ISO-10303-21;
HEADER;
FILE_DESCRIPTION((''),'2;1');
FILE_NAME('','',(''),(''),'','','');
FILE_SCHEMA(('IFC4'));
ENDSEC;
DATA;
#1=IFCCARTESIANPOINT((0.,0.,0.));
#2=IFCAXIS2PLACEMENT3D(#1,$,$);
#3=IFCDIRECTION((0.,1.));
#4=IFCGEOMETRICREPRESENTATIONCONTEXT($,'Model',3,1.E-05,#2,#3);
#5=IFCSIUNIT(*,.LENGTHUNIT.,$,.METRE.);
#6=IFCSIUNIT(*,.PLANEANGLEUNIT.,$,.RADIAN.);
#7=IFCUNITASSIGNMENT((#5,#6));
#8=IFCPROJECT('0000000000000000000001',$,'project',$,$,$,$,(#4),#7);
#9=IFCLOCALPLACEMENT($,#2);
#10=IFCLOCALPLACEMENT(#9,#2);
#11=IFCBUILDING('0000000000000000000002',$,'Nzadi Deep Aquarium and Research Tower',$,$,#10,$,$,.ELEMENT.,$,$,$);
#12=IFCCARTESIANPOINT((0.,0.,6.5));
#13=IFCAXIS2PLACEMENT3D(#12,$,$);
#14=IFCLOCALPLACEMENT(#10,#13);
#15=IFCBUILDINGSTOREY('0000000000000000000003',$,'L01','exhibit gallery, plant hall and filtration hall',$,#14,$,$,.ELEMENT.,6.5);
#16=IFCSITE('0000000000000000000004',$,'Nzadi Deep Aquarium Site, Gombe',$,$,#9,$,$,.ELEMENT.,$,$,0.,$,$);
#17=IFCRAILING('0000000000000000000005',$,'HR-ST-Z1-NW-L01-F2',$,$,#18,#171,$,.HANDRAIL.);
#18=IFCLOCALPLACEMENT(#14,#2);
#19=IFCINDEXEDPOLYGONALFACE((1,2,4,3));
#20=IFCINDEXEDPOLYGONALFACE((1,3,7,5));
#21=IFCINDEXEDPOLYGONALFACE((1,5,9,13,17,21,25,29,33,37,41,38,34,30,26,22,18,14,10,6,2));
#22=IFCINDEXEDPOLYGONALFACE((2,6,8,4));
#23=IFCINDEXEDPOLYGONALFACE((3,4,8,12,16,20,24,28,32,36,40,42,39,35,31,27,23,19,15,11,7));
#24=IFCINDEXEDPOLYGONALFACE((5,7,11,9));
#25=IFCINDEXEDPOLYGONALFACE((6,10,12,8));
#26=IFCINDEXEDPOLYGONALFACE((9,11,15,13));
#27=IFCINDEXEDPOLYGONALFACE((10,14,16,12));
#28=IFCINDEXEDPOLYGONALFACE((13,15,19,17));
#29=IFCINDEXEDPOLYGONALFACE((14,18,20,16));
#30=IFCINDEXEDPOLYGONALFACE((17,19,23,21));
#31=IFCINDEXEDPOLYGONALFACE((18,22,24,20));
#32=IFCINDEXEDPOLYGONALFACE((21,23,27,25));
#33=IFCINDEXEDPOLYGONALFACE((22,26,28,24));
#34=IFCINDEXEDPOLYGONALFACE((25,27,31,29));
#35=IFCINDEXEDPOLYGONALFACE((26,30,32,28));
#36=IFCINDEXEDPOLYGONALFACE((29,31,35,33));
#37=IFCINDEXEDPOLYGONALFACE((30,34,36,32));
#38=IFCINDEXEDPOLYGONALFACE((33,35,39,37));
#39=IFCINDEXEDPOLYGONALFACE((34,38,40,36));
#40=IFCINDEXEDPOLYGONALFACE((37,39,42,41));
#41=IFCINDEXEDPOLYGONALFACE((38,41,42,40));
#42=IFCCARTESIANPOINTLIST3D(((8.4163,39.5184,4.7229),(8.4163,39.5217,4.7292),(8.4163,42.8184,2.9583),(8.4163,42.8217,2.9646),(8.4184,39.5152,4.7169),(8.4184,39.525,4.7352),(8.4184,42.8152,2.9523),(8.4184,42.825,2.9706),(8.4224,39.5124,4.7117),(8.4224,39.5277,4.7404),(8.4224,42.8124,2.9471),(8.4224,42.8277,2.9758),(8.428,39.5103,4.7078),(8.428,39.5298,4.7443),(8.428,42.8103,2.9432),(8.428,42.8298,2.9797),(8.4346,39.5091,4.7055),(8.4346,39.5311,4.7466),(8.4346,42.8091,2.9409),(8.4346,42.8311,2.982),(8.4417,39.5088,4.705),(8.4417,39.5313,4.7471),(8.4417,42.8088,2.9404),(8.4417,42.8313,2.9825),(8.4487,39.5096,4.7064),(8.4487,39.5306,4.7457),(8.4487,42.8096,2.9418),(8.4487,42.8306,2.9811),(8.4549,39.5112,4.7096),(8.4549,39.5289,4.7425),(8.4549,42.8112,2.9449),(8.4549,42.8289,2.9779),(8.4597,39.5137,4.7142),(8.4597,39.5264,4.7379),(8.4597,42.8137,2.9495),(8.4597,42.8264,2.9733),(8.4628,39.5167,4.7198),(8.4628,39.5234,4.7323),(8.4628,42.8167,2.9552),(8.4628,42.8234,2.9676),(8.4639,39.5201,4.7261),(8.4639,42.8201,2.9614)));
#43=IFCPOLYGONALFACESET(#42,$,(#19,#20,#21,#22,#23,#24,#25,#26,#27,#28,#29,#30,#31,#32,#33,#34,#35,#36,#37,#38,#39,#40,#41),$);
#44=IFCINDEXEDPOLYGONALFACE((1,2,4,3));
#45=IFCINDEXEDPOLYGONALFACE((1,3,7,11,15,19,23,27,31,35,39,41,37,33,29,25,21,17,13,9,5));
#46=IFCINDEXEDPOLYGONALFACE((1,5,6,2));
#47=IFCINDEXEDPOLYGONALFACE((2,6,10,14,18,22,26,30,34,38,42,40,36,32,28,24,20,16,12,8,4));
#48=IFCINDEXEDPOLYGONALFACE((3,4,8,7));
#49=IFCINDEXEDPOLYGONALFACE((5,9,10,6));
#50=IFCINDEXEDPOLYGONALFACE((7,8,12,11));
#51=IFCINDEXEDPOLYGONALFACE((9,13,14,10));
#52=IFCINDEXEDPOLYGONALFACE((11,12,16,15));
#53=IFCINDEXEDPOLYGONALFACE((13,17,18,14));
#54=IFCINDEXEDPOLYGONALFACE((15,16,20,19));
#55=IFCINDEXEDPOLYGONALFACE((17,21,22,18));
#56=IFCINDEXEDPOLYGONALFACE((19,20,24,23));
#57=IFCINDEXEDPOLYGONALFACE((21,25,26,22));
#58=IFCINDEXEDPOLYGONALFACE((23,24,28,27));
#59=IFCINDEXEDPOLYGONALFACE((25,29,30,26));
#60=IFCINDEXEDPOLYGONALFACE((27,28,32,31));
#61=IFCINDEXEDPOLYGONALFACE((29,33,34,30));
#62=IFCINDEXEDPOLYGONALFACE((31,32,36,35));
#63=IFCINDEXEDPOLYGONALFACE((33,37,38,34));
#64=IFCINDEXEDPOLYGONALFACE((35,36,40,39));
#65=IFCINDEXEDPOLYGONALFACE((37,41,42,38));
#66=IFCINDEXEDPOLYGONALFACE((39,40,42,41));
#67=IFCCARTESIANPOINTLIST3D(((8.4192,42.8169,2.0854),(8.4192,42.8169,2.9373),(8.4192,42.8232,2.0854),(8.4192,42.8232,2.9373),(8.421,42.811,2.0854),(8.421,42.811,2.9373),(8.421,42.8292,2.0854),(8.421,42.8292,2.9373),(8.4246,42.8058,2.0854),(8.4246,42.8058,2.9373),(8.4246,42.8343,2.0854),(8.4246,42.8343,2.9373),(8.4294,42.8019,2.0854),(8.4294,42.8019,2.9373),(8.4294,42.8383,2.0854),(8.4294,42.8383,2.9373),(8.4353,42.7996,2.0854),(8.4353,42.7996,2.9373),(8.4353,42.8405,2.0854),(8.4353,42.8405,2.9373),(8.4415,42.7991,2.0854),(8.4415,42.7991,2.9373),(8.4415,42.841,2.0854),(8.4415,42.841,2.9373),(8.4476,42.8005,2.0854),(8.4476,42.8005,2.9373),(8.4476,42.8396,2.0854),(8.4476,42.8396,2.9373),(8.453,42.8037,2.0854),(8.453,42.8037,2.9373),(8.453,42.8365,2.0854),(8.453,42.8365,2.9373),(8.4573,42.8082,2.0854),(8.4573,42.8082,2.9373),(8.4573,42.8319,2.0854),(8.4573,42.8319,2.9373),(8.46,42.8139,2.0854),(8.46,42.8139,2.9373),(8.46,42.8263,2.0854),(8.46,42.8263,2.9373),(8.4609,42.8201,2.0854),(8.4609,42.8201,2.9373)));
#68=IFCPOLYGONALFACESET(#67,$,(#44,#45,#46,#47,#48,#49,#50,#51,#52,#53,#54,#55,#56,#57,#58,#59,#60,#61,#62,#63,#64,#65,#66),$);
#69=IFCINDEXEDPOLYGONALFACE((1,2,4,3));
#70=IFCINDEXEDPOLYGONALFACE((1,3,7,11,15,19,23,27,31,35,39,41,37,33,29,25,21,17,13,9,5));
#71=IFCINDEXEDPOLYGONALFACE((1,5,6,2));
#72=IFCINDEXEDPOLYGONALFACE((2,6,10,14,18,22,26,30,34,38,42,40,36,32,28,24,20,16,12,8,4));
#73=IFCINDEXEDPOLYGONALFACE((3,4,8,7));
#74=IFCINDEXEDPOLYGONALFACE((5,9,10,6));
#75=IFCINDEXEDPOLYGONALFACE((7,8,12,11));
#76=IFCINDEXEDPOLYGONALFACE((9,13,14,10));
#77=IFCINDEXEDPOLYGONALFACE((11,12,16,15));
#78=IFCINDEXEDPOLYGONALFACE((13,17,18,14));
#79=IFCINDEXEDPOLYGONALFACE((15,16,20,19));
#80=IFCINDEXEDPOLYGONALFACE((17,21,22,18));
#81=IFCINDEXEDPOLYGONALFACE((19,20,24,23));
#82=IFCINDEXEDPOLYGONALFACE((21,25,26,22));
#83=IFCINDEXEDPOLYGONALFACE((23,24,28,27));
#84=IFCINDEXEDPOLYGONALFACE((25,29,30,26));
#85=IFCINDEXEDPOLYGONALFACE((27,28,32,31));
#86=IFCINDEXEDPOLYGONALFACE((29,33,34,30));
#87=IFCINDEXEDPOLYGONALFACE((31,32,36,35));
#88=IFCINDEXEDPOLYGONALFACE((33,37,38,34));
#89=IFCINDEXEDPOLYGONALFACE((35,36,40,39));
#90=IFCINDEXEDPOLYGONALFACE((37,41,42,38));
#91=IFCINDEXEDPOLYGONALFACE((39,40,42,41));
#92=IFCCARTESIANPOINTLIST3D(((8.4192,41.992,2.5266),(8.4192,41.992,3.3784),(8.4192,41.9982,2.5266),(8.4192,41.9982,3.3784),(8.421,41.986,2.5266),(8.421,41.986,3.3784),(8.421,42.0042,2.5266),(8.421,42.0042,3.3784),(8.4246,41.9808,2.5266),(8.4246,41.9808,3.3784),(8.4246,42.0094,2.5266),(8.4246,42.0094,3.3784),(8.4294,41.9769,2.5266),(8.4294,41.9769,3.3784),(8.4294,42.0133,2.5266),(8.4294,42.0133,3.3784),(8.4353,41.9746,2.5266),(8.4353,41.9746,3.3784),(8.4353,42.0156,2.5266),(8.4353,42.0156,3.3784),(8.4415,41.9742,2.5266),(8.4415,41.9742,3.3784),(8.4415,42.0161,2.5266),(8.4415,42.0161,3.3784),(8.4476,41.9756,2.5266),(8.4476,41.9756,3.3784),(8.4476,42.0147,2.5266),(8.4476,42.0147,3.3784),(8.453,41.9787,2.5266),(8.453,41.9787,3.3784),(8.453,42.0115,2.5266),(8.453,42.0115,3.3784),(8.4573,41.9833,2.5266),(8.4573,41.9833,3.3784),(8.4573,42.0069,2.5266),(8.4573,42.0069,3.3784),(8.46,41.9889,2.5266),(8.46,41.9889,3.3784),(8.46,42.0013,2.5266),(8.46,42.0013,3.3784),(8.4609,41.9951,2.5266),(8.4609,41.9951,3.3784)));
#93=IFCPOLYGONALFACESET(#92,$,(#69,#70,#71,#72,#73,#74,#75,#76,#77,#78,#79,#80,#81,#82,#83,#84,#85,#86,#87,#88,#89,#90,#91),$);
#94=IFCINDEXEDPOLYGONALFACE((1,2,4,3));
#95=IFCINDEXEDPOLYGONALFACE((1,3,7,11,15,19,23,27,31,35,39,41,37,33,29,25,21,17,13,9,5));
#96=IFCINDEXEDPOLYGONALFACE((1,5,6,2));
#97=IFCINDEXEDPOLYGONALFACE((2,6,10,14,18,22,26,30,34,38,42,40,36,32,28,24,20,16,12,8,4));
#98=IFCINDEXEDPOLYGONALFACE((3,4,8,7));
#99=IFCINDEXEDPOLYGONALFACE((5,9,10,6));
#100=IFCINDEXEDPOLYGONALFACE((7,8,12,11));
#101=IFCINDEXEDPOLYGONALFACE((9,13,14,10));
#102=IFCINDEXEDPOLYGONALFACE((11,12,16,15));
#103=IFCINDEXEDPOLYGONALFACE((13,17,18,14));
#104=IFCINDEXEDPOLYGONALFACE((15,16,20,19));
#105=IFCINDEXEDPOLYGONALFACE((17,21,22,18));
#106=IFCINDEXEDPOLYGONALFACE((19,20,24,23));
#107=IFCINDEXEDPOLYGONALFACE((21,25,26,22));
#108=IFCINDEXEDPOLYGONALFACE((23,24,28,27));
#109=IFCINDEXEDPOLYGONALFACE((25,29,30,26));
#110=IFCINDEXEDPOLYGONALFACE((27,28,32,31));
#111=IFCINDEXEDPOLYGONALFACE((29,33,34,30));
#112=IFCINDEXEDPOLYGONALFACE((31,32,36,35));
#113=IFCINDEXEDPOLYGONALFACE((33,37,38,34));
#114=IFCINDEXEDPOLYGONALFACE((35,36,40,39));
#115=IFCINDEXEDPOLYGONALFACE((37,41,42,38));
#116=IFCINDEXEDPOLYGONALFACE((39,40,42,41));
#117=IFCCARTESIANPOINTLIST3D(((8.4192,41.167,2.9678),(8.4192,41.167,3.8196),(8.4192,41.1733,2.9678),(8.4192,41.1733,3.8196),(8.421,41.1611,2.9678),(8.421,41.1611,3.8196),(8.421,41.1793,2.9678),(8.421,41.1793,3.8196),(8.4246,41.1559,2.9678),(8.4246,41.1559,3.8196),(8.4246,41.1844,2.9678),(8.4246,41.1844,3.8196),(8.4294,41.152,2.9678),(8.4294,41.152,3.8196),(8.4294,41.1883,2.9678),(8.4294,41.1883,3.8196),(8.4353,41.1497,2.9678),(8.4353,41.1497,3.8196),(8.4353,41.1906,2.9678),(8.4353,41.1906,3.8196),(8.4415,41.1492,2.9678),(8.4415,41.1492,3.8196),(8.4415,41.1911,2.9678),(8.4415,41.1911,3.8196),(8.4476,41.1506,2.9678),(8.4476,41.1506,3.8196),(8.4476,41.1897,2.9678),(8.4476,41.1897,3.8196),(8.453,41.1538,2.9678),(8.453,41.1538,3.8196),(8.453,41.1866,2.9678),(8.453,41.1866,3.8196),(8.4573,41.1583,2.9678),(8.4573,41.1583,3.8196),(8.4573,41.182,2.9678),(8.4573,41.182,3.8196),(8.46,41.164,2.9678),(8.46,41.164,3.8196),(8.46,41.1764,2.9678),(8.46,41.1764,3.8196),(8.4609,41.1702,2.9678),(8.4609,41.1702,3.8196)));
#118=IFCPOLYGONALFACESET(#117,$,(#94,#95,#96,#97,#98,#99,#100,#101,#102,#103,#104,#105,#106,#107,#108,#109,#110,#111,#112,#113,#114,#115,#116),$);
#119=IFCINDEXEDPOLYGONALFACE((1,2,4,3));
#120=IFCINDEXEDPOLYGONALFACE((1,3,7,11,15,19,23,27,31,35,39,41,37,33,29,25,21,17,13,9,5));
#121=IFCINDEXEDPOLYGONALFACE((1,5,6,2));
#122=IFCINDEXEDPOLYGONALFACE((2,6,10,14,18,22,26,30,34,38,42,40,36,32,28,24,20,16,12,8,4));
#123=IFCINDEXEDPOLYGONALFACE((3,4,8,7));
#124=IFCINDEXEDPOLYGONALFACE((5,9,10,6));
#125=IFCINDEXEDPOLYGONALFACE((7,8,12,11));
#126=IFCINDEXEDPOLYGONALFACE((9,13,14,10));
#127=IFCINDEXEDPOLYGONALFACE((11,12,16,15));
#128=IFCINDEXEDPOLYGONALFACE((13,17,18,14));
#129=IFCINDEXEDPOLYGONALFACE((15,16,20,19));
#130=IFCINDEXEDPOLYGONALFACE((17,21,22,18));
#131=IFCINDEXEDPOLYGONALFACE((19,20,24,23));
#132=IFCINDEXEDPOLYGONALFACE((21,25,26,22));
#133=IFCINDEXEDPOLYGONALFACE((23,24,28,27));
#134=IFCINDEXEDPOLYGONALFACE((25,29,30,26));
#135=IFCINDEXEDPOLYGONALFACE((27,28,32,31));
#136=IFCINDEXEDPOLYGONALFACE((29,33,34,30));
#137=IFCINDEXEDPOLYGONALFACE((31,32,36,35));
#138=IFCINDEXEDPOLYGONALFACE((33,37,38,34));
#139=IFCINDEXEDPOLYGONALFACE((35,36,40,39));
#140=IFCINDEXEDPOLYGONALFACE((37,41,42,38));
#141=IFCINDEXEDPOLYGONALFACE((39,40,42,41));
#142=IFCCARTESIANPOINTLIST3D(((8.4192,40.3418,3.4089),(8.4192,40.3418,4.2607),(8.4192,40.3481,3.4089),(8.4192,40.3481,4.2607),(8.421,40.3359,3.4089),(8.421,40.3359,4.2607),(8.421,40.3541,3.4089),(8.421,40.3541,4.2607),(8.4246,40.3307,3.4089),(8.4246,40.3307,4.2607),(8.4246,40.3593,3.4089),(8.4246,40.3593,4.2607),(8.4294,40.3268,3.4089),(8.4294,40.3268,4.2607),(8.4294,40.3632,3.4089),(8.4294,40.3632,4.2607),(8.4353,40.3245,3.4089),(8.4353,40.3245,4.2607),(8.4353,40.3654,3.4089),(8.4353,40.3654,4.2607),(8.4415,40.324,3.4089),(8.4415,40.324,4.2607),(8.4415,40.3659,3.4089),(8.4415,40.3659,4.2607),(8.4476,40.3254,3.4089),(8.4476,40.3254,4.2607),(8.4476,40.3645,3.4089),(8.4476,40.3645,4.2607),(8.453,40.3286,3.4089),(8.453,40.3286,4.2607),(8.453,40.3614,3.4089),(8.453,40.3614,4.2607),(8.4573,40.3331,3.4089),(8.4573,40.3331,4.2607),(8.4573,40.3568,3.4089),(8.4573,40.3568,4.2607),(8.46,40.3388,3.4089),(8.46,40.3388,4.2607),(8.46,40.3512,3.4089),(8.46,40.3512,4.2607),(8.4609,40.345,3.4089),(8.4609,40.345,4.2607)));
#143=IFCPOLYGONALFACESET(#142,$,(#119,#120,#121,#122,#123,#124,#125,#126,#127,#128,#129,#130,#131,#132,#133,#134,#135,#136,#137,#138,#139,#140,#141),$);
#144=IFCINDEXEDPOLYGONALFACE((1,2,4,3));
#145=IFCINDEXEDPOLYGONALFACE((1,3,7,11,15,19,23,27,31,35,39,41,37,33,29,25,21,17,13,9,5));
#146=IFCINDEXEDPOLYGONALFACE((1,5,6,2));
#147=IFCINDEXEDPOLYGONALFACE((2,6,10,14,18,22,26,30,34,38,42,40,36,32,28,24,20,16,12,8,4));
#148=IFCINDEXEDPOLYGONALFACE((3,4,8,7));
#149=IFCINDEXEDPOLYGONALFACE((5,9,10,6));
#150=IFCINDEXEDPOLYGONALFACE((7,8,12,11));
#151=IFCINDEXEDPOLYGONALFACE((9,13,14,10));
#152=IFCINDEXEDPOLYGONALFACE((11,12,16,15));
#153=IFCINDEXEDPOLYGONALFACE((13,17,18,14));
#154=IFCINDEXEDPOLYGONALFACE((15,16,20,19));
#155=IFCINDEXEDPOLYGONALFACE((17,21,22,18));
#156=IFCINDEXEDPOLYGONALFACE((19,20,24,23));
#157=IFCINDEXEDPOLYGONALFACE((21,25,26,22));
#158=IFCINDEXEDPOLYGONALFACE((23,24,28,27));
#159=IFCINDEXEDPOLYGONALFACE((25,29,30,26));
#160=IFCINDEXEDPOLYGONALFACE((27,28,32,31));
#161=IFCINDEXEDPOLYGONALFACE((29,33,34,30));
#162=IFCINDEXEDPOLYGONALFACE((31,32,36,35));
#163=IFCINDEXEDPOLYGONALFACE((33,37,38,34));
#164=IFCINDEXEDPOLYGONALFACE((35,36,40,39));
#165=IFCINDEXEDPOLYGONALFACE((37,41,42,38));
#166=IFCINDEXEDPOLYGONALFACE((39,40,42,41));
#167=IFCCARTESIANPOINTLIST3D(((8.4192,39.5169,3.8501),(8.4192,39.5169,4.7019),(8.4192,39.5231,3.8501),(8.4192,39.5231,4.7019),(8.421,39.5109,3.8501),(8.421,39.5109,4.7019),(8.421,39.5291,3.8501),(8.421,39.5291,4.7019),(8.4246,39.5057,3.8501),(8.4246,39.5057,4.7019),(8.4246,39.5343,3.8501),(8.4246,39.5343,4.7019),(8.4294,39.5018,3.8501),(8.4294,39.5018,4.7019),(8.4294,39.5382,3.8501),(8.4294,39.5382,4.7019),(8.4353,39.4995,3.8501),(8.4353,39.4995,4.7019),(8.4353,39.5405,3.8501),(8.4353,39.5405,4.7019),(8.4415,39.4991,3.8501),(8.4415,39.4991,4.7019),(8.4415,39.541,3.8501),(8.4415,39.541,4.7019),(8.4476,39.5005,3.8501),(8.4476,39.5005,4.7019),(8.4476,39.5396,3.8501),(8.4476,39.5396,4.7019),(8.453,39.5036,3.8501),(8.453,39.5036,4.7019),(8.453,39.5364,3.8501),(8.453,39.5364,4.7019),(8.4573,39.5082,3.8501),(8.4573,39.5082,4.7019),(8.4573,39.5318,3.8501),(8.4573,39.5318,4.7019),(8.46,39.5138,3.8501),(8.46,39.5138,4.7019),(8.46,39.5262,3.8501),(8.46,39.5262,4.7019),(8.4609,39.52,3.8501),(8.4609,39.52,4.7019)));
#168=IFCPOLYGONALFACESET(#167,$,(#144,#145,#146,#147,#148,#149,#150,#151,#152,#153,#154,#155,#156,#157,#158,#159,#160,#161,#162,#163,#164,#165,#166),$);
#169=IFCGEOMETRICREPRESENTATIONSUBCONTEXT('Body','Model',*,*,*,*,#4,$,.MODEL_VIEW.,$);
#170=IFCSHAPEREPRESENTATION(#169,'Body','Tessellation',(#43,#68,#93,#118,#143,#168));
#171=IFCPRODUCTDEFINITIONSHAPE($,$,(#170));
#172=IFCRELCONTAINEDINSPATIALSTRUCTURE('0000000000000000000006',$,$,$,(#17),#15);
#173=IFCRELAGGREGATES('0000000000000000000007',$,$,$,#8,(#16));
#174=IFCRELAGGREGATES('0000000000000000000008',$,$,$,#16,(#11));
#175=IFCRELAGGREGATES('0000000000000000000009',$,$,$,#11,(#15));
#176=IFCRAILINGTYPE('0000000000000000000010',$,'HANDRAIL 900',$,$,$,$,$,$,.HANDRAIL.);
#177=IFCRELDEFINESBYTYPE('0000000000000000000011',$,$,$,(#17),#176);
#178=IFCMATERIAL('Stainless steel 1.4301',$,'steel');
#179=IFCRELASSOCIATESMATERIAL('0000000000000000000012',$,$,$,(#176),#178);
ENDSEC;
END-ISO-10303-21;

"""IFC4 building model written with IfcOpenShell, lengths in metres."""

from ifc_helpers import new_model, si_unit, direction, frame, origin, origin_2d, place, context, subcontext, project, spatial, circle, extrude, material, type_object, element, save


model = new_model("IFC4")

# Units and contexts
model_context = context("Model", 3, precision=1e-05, world=origin(), true_north=direction((0.0, 1.0)))
body_context = subcontext(model_context, "Body", "Model", "MODEL_VIEW")
ifc_project = project(units=[si_unit("LENGTHUNIT", "METRE"), si_unit("PLANEANGLEUNIT", "RADIAN")], contexts=[model_context])

# Site, building, storey
site_placement = place(None, origin())
site = spatial("IfcSite", under=ifc_project, at=site_placement, Name="Nzadi Deep Aquarium Site, Gombe", CompositionType="ELEMENT", RefElevation=0.0)
building_placement = place(site_placement, origin())
building = spatial("IfcBuilding", under=site, at=building_placement, Name="Nzadi Deep Aquarium and Research Tower", CompositionType="ELEMENT")
storey_placement = place(building_placement, frame((0.0, 0.0, 6.5)))
storey = spatial("IfcBuildingStorey", under=building, at=storey_placement, Name="L01", Description="exhibit gallery, plant hall and filtration hall", CompositionType="ELEMENT", Elevation=6.5)

# Railing
ifc_material_1 = material(Name="Stainless steel 1.4301", Category="steel")
railing_type = type_object("IfcRailingType", Name="HANDRAIL 900", PredefinedType="HANDRAIL", material=ifc_material_1)
for number, where, name in (
    (1, (8.4399, 42.8201, 2.0854), "HR-ST-Z1-NW-L01-F2"),
):
    element("IfcRailing", number, at=place(storey_placement, frame(where)), inside=storey, type_object=railing_type, Name=name, PredefinedType="HANDRAIL", context=body_context, shape_type="SweptSolid", body=[
        extrude(circle(Radius=0.0239, at=origin_2d()), frame((0.0, 0.0, 0.876), z_axis=(0.0, -0.88184, 0.47155), x_axis=(1.0, 0.0, 0.0)), (0.0, 0.0, 1.0), 3.7422),
        extrude(circle(Radius=0.021, at=origin_2d()), origin(), (0.0, 0.0, 1.0), 0.8518),
        extrude(circle(Radius=0.021, at=origin_2d()), frame((0.0, -0.825, 0.4412)), (0.0, 0.0, 1.0), 0.8518),
        extrude(circle(Radius=0.021, at=origin_2d()), frame((0.0, -1.6499, 0.8823)), (0.0, 0.0, 1.0), 0.8518),
        extrude(circle(Radius=0.021, at=origin_2d()), frame((0.0, -2.4751, 1.3235)), (0.0, 0.0, 1.0), 0.8518),
        extrude(circle(Radius=0.021, at=origin_2d()), frame((0.0, -3.3, 1.7646)), (0.0, 0.0, 1.0), 0.8518),
    ])

save(model, "model.ifc")
